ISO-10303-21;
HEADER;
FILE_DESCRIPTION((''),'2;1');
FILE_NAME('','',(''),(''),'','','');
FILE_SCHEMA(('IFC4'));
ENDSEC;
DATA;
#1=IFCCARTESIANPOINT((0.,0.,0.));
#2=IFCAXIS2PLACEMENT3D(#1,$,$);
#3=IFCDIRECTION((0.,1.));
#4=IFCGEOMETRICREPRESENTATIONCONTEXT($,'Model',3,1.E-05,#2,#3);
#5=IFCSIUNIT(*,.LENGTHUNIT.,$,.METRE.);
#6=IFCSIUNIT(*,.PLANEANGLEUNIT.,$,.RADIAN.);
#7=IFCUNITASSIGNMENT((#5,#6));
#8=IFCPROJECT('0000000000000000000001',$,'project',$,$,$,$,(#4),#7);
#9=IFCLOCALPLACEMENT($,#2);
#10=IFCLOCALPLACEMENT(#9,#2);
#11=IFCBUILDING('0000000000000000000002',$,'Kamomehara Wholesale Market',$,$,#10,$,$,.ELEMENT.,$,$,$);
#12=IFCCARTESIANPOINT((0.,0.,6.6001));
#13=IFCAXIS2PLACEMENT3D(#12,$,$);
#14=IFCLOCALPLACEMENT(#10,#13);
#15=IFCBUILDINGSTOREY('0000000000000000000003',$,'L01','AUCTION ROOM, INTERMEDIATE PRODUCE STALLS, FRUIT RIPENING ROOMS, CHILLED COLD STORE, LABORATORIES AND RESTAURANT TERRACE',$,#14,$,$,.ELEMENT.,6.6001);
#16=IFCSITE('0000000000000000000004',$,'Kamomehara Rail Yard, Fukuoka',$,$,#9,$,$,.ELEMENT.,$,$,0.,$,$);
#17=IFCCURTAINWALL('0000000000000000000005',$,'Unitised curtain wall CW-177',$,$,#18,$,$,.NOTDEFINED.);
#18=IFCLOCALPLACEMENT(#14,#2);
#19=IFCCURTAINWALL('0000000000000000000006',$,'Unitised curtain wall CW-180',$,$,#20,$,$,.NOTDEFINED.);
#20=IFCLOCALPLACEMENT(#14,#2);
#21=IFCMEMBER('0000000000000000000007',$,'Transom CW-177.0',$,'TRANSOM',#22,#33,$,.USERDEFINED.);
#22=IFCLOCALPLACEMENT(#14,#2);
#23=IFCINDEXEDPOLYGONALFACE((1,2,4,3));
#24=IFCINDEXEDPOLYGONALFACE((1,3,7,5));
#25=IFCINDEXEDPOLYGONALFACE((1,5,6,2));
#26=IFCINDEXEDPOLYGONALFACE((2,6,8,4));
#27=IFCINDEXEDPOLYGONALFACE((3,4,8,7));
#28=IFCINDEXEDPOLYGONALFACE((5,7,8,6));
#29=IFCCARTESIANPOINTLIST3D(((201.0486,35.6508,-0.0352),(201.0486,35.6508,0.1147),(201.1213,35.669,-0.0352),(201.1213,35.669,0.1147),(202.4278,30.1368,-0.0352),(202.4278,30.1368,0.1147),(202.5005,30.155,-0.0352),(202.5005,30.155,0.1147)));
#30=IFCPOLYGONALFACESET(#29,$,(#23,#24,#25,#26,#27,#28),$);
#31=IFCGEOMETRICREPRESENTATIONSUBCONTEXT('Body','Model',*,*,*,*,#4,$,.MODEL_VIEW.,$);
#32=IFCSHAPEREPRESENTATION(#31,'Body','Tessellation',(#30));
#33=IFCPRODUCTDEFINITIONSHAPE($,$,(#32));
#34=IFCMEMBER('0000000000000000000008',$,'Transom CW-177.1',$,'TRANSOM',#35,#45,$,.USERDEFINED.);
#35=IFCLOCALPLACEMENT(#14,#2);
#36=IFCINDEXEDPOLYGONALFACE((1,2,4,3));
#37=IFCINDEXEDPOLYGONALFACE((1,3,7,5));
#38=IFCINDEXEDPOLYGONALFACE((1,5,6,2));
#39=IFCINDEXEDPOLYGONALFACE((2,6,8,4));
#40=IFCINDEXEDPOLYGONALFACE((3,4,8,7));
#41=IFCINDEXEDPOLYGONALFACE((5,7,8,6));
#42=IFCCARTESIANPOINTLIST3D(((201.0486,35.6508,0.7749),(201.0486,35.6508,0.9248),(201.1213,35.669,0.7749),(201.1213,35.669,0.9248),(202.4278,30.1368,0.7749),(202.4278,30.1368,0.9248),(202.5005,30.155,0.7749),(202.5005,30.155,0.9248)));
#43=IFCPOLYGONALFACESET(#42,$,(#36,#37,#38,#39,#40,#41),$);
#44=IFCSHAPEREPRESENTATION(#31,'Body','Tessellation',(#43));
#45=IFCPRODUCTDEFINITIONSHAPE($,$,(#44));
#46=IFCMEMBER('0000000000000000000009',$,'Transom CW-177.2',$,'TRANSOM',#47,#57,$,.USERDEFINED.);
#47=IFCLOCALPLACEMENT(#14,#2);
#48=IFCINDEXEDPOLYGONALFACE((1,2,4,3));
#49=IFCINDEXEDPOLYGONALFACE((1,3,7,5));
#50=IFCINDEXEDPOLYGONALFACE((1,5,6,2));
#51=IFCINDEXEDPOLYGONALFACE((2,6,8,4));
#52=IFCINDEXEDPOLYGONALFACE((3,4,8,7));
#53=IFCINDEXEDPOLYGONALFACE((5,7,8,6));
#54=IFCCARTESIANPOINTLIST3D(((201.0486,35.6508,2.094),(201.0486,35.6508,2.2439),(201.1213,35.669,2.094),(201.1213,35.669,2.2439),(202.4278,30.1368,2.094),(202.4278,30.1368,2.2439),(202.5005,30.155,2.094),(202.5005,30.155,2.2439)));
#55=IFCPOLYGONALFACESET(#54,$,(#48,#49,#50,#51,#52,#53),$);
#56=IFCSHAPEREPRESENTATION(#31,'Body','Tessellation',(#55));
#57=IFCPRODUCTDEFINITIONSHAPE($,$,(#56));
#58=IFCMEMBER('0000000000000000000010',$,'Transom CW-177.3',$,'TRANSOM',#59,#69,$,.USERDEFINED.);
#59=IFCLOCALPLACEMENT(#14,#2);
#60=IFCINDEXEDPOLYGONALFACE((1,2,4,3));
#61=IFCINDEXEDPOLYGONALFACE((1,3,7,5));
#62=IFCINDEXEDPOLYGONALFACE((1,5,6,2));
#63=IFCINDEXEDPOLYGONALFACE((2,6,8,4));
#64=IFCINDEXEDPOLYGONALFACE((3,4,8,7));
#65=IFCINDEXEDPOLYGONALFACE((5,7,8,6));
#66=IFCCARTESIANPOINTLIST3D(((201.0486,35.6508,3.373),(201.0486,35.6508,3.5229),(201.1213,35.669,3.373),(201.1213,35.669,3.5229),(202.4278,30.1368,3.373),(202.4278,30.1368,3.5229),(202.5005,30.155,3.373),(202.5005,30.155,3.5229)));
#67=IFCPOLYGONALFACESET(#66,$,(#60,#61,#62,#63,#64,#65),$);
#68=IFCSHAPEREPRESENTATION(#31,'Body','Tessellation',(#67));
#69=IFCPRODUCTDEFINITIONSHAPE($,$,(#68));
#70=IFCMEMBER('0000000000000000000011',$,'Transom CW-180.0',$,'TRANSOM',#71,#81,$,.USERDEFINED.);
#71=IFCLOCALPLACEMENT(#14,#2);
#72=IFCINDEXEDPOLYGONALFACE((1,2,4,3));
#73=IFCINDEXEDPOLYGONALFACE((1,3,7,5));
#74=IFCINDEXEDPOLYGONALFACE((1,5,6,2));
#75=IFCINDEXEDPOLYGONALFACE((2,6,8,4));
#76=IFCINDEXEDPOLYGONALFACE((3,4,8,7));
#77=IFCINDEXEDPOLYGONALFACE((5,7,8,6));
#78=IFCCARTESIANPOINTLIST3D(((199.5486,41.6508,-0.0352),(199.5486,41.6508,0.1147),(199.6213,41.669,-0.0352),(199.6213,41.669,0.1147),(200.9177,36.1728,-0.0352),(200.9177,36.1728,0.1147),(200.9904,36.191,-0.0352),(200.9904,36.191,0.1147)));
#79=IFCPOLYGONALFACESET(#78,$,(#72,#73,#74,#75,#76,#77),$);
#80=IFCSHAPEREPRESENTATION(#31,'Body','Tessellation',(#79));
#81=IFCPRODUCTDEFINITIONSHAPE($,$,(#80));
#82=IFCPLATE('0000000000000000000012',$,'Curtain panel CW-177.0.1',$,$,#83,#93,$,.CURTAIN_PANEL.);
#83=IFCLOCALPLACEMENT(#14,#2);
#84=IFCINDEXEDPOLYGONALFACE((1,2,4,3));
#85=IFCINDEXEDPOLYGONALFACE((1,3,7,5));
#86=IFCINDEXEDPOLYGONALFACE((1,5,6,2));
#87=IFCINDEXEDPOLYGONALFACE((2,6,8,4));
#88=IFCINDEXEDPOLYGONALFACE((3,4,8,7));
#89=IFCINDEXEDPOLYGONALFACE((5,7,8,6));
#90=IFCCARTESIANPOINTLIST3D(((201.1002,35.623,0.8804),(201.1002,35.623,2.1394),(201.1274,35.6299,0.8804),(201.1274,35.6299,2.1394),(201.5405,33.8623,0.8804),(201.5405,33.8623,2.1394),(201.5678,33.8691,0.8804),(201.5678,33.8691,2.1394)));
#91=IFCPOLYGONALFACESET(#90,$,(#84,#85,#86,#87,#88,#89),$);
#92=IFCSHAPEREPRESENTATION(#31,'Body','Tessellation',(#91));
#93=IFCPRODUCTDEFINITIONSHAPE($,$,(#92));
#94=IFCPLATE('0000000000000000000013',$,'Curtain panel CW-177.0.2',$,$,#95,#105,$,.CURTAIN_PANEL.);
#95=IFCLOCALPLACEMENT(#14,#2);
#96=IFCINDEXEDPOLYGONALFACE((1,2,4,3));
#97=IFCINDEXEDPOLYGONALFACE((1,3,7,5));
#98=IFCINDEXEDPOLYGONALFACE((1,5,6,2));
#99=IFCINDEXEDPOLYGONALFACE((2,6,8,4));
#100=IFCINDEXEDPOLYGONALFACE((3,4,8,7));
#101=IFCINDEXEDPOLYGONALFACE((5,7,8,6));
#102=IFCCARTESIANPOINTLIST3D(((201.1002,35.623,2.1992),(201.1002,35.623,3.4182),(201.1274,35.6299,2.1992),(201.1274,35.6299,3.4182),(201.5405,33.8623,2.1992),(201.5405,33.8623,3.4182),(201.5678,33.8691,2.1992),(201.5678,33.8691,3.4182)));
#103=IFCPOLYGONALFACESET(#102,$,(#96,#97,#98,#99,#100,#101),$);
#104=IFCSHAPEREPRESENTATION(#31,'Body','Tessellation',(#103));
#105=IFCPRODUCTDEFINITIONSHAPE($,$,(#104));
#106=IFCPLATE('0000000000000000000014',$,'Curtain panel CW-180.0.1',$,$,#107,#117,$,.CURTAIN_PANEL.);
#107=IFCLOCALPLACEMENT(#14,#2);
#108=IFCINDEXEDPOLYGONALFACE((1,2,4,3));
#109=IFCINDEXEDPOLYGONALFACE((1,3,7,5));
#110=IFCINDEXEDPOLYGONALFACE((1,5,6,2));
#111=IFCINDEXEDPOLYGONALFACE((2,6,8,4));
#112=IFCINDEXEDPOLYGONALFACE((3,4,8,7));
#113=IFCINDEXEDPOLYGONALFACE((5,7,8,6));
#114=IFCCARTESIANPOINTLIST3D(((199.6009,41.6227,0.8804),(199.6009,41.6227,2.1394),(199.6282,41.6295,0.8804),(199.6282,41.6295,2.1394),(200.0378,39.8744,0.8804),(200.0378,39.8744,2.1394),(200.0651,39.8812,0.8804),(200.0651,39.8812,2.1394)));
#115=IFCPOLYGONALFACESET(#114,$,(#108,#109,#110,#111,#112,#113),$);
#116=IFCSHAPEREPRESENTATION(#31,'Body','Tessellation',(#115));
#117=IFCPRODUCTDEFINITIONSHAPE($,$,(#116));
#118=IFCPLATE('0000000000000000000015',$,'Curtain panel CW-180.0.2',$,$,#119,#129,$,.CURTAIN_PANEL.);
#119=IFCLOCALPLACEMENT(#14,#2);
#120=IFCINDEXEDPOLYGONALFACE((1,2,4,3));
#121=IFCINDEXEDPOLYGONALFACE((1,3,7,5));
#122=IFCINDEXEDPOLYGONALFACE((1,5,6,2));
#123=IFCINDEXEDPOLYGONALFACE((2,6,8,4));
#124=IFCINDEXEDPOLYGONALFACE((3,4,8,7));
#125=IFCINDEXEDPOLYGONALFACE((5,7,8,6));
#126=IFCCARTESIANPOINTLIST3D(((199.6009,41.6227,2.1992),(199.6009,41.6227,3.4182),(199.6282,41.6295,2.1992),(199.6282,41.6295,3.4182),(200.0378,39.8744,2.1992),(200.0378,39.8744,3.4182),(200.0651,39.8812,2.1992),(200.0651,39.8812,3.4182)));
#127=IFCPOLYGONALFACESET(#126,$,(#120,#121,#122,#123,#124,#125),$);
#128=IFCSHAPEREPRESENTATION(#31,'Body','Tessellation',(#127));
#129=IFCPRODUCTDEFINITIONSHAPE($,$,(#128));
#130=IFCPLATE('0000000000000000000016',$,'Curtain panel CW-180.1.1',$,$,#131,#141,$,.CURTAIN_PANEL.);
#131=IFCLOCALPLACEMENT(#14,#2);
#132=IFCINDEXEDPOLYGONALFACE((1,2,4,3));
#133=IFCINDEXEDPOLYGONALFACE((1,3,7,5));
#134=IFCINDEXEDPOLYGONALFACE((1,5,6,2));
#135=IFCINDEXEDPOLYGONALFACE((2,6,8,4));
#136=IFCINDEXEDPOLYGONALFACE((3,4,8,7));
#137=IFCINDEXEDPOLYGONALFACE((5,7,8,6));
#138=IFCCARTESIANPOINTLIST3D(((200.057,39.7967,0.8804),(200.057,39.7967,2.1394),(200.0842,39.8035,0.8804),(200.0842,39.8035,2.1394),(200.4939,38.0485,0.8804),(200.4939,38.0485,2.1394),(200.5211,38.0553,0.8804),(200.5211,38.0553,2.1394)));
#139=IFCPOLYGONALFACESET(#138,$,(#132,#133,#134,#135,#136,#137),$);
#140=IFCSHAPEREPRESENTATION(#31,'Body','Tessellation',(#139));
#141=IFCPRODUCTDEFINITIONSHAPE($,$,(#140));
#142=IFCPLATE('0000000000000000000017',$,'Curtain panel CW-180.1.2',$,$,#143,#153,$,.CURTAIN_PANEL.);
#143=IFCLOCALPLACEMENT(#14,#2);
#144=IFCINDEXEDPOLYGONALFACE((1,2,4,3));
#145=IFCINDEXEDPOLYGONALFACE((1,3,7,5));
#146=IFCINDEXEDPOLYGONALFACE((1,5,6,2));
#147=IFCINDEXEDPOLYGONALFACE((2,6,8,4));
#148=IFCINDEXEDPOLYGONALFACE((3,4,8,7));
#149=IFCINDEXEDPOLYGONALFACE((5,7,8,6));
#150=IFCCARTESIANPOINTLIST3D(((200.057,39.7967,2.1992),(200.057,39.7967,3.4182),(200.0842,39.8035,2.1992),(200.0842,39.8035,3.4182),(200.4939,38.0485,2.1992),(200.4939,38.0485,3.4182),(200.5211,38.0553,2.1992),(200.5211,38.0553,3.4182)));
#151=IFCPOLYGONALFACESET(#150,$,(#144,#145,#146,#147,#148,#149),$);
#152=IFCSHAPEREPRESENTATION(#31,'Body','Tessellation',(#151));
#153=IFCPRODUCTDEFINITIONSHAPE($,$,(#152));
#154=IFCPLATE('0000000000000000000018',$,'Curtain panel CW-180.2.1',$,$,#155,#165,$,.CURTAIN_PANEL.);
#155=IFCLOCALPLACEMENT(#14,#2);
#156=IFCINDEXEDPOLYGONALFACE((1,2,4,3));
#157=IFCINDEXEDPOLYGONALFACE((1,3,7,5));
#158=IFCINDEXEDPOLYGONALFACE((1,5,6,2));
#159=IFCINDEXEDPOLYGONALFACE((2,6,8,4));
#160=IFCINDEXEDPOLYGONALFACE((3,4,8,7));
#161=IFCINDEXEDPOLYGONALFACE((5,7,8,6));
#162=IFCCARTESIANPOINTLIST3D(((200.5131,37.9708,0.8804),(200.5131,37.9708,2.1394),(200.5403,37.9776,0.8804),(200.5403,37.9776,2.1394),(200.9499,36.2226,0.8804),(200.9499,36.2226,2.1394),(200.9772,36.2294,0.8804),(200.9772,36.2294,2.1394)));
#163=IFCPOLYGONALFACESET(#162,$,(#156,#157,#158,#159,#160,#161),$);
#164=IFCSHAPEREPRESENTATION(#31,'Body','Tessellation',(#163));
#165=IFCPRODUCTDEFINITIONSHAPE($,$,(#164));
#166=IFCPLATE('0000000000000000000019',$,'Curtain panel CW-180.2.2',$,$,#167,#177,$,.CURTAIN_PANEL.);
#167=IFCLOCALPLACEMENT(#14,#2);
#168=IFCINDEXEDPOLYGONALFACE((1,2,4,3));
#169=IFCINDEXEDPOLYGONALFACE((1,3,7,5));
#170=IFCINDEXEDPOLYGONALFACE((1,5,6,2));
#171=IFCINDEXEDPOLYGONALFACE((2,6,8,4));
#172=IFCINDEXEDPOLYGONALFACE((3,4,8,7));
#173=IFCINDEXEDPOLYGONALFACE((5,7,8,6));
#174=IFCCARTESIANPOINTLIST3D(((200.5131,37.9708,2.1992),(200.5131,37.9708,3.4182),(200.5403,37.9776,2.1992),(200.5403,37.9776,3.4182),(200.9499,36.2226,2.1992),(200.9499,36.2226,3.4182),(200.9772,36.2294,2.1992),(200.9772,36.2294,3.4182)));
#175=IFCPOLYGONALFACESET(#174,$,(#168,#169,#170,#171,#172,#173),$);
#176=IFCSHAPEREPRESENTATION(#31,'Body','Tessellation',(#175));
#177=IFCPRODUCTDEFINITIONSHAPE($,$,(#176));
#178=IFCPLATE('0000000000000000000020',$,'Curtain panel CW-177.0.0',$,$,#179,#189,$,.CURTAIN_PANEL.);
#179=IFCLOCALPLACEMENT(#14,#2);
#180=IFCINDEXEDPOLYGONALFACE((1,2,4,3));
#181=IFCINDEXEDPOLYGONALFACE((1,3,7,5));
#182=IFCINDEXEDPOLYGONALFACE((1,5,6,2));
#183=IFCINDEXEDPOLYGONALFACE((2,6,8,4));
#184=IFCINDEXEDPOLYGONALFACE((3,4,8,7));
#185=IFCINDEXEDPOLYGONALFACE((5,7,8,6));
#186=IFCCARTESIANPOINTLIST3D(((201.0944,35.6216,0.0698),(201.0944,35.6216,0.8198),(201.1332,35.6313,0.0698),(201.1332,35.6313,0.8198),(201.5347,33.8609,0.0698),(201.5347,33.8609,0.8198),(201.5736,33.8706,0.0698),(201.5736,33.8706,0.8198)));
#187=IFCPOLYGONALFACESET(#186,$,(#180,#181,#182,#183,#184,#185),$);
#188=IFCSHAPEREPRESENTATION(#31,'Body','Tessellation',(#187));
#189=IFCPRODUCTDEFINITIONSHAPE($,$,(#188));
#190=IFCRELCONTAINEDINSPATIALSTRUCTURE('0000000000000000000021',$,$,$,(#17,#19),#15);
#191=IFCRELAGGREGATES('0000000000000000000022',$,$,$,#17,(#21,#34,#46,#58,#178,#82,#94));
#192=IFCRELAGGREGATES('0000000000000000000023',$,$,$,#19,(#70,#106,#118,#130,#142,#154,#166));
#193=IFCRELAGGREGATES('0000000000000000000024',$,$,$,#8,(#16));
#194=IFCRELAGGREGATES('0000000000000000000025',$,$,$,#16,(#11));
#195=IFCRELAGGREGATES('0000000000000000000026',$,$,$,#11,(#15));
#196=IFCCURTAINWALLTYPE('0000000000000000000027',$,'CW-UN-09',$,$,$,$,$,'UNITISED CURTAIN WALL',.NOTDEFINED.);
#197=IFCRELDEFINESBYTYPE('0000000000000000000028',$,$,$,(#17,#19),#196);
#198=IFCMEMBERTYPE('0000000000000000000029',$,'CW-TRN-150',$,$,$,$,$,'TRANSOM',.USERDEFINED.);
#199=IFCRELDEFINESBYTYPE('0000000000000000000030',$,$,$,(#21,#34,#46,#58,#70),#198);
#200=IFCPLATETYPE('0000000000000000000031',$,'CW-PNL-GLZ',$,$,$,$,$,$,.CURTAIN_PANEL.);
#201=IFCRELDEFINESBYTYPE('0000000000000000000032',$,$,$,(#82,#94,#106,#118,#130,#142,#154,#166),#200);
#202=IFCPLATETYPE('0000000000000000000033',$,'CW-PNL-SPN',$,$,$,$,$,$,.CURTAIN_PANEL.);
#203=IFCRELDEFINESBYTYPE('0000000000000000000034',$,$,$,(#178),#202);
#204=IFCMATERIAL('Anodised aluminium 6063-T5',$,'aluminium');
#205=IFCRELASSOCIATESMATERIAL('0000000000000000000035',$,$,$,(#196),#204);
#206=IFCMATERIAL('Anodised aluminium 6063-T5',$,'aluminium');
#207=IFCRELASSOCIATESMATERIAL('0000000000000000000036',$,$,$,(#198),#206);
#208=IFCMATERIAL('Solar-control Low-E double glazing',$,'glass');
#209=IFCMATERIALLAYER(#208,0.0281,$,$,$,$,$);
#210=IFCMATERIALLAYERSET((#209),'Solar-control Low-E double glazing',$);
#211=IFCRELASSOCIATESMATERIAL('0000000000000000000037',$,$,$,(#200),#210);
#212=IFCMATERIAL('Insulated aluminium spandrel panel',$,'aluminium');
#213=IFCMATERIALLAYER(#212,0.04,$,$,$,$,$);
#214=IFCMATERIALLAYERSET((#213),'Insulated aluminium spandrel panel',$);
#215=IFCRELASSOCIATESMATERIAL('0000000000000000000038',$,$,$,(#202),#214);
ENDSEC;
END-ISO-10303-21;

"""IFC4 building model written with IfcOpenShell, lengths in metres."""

from ifc_helpers import new_model, si_unit, direction, frame, origin, origin_2d, place, context, subcontext, project, spatial, rectangle, extrude, material, layer, layer_set, material_profile, profile_set, type_object, element, aggregate, save


model = new_model("IFC4")

# Units and contexts
model_context = context("Model", 3, precision=1e-05, world=origin(), true_north=direction((0.0, 1.0)))
body_context = subcontext(model_context, "Body", "Model", "MODEL_VIEW")
ifc_project = project(units=[si_unit("LENGTHUNIT", "METRE"), si_unit("PLANEANGLEUNIT", "RADIAN")], contexts=[model_context])

# Site, building, storey
site_placement = place(None, origin())
site = spatial("IfcSite", under=ifc_project, at=site_placement, Name="Kamomehara Rail Yard, Fukuoka", CompositionType="ELEMENT", RefElevation=0.0)
building_placement = place(site_placement, origin())
building = spatial("IfcBuilding", under=site, at=building_placement, Name="Kamomehara Wholesale Market", CompositionType="ELEMENT")
storey_placement = place(building_placement, frame((0.0, 0.0, 6.6001)))
storey = spatial("IfcBuildingStorey", under=building, at=storey_placement, Name="L01", Description="AUCTION ROOM, INTERMEDIATE PRODUCE STALLS, FRUIT RIPENING ROOMS, CHILLED COLD STORE, LABORATORIES AND RESTAURANT TERRACE", CompositionType="ELEMENT", Elevation=6.6001)

# Curtain walls
ifc_material_1 = material(Name="Anodised aluminium 6063-T5", Category="aluminium")
curtain_wall_type = type_object("IfcCurtainWallType", Name="CW-UN-09", ElementType="UNITISED CURTAIN WALL", PredefinedType="NOTDEFINED", material=ifc_material_1)
curtain_wall_1_placement = place(storey_placement, origin())
curtain_wall_1 = element("IfcCurtainWall", 1, at=curtain_wall_1_placement, inside=storey, type_object=curtain_wall_type, Name="Unitised curtain wall CW-177", PredefinedType="NOTDEFINED")
curtain_wall_2_placement = place(storey_placement, origin())
curtain_wall_2 = element("IfcCurtainWall", 2, at=curtain_wall_2_placement, inside=storey, type_object=curtain_wall_type, Name="Unitised curtain wall CW-180", PredefinedType="NOTDEFINED")

# Members
ifc_material_2 = material(Name="Anodised aluminium 6063-T5", Category="aluminium")
ifc_material_profile_1 = material_profile(ifc_material_2, rectangle(XDim=0.075, YDim=0.1499, at=origin_2d()), Name="ALU-TRN-75x150")
ifc_profile_set_1 = profile_set([ifc_material_profile_1], Name="Anodised aluminium 6063-T5")
member_type_1 = type_object("IfcMemberType", Name="CW-TRN-150", ElementType="TRANSOM", PredefinedType="USERDEFINED", material=ifc_profile_set_1)
member_1_placement = place(storey_placement, frame((201.085, 35.6599, 0.0398), z_axis=(0.242647, -0.970115, 0.0), x_axis=(0.970115, 0.242647, 0.0)))
member_1 = element("IfcMember", 3, at=member_1_placement, type_object=member_type_1, Name="Transom CW-177.0", ObjectType="TRANSOM", PredefinedType="USERDEFINED", context=body_context, shape_type="SweptSolid", body=[
    extrude(rectangle(XDim=0.075, YDim=0.1499, at=origin_2d()), origin(), (0.0, 0.0, 1.0), 5.6838),
])
member_2_placement = place(storey_placement, frame((201.085, 35.6599, 0.8499), z_axis=(0.242647, -0.970115, 0.0), x_axis=(0.970115, 0.242647, 0.0)))
member_2 = element("IfcMember", 4, at=member_2_placement, type_object=member_type_1, Name="Transom CW-177.1", ObjectType="TRANSOM", PredefinedType="USERDEFINED", context=body_context, shape_type="SweptSolid", body=[
    extrude(rectangle(XDim=0.075, YDim=0.1499, at=origin_2d()), origin(), (0.0, 0.0, 1.0), 5.6838),
])
member_3_placement = place(storey_placement, frame((201.085, 35.6599, 2.1689), z_axis=(0.242647, -0.970115, 0.0), x_axis=(0.970115, 0.242647, 0.0)))
member_3 = element("IfcMember", 5, at=member_3_placement, type_object=member_type_1, Name="Transom CW-177.2", ObjectType="TRANSOM", PredefinedType="USERDEFINED", context=body_context, shape_type="SweptSolid", body=[
    extrude(rectangle(XDim=0.075, YDim=0.1499, at=origin_2d()), origin(), (0.0, 0.0, 1.0), 5.6838),
])
member_4_placement = place(storey_placement, frame((201.085, 35.6599, 3.448), z_axis=(0.242647, -0.970115, 0.0), x_axis=(0.970115, 0.242647, 0.0)))
member_4 = element("IfcMember", 6, at=member_4_placement, type_object=member_type_1, Name="Transom CW-177.3", ObjectType="TRANSOM", PredefinedType="USERDEFINED", context=body_context, shape_type="SweptSolid", body=[
    extrude(rectangle(XDim=0.075, YDim=0.1499, at=origin_2d()), origin(), (0.0, 0.0, 1.0), 5.6838),
])
member_5_placement = place(storey_placement, frame((199.585, 41.6599, 0.0398), z_axis=(0.242475, -0.970158, 0.0), x_axis=(0.970158, 0.242475, 0.0)))
member_5 = element("IfcMember", 7, at=member_5_placement, type_object=member_type_1, Name="Transom CW-180.0", ObjectType="TRANSOM", PredefinedType="USERDEFINED", context=body_context, shape_type="SweptSolid", body=[
    extrude(rectangle(XDim=0.075, YDim=0.1499, at=origin_2d()), origin(), (0.0, 0.0, 1.0), 5.6465),
])

# Plates
ifc_material_3 = material(Name="Solar-control Low-E double glazing", Category="glass")
ifc_layer_1 = layer(ifc_material_3, 0.0281)
ifc_layer_set_1 = layer_set([ifc_layer_1], Name="Solar-control Low-E double glazing")
plate_type_1 = type_object("IfcPlateType", Name="CW-PNL-GLZ", PredefinedType="CURTAIN_PANEL", material=ifc_layer_set_1)
plate_1_placement = place(storey_placement, frame((201.334, 34.7461, 0.8804), z_axis=(0.0, 0.0, 1.0), x_axis=(0.242616, -0.970122, 0.0)))
plate_1 = element("IfcPlate", 8, at=plate_1_placement, type_object=plate_type_1, Name="Curtain panel CW-177.0.1", PredefinedType="CURTAIN_PANEL", context=body_context, shape_type="SweptSolid", body=[
    extrude(rectangle(XDim=1.8149, YDim=0.0281, at=origin_2d()), origin(), (0.0, 0.0, 1.0), 1.259),
])
plate_2_placement = place(storey_placement, frame((201.334, 34.7461, 2.1992), z_axis=(0.0, 0.0, 1.0), x_axis=(0.242616, -0.970122, 0.0)))
plate_2 = element("IfcPlate", 9, at=plate_2_placement, type_object=plate_type_1, Name="Curtain panel CW-177.0.2", PredefinedType="CURTAIN_PANEL", context=body_context, shape_type="SweptSolid", body=[
    extrude(rectangle(XDim=1.8149, YDim=0.0281, at=origin_2d()), origin(), (0.0, 0.0, 1.0), 1.219),
])
plate_3_placement = place(storey_placement, frame((199.833, 40.752, 0.8804), z_axis=(0.0, 0.0, 1.0), x_axis=(0.242447, -0.970165, 0.0)))
plate_3 = element("IfcPlate", 10, at=plate_3_placement, type_object=plate_type_1, Name="Curtain panel CW-180.0.1", PredefinedType="CURTAIN_PANEL", context=body_context, shape_type="SweptSolid", body=[
    extrude(rectangle(XDim=1.802, YDim=0.0281, at=origin_2d()), origin(), (0.0, 0.0, 1.0), 1.259),
])
plate_4_placement = place(storey_placement, frame((199.833, 40.752, 2.1992), z_axis=(0.0, 0.0, 1.0), x_axis=(0.242447, -0.970165, 0.0)))
plate_4 = element("IfcPlate", 11, at=plate_4_placement, type_object=plate_type_1, Name="Curtain panel CW-180.0.2", PredefinedType="CURTAIN_PANEL", context=body_context, shape_type="SweptSolid", body=[
    extrude(rectangle(XDim=1.802, YDim=0.0281, at=origin_2d()), origin(), (0.0, 0.0, 1.0), 1.219),
])
plate_5_placement = place(storey_placement, frame((200.2891, 38.926, 0.8804), z_axis=(0.0, 0.0, 1.0), x_axis=(0.242447, -0.970165, 0.0)))
plate_5 = element("IfcPlate", 12, at=plate_5_placement, type_object=plate_type_1, Name="Curtain panel CW-180.1.1", PredefinedType="CURTAIN_PANEL", context=body_context, shape_type="SweptSolid", body=[
    extrude(rectangle(XDim=1.802, YDim=0.0281, at=origin_2d()), origin(), (0.0, 0.0, 1.0), 1.259),
])
plate_6_placement = place(storey_placement, frame((200.2891, 38.926, 2.1992), z_axis=(0.0, 0.0, 1.0), x_axis=(0.242447, -0.970165, 0.0)))
plate_6 = element("IfcPlate", 13, at=plate_6_placement, type_object=plate_type_1, Name="Curtain panel CW-180.1.2", PredefinedType="CURTAIN_PANEL", context=body_context, shape_type="SweptSolid", body=[
    extrude(rectangle(XDim=1.802, YDim=0.0281, at=origin_2d()), origin(), (0.0, 0.0, 1.0), 1.219),
])
plate_7_placement = place(storey_placement, frame((200.7451, 37.1001, 0.8804), z_axis=(0.0, 0.0, 1.0), x_axis=(0.242447, -0.970165, 0.0)))
plate_7 = element("IfcPlate", 14, at=plate_7_placement, type_object=plate_type_1, Name="Curtain panel CW-180.2.1", PredefinedType="CURTAIN_PANEL", context=body_context, shape_type="SweptSolid", body=[
    extrude(rectangle(XDim=1.802, YDim=0.0281, at=origin_2d()), origin(), (0.0, 0.0, 1.0), 1.259),
])
plate_8_placement = place(storey_placement, frame((200.7451, 37.1001, 2.1992), z_axis=(0.0, 0.0, 1.0), x_axis=(0.242447, -0.970165, 0.0)))
plate_8 = element("IfcPlate", 15, at=plate_8_placement, type_object=plate_type_1, Name="Curtain panel CW-180.2.2", PredefinedType="CURTAIN_PANEL", context=body_context, shape_type="SweptSolid", body=[
    extrude(rectangle(XDim=1.802, YDim=0.0281, at=origin_2d()), origin(), (0.0, 0.0, 1.0), 1.219),
])
ifc_material_4 = material(Name="Insulated aluminium spandrel panel", Category="aluminium")
ifc_layer_2 = layer(ifc_material_4, 0.04)
ifc_layer_set_2 = layer_set([ifc_layer_2], Name="Insulated aluminium spandrel panel")
plate_type_2 = type_object("IfcPlateType", Name="CW-PNL-SPN", PredefinedType="CURTAIN_PANEL", material=ifc_layer_set_2)
plate_9_placement = place(storey_placement, frame((201.334, 34.7461, 0.0698), z_axis=(0.0, 0.0, 1.0), x_axis=(0.242616, -0.970122, 0.0)))
plate_9 = element("IfcPlate", 16, at=plate_9_placement, type_object=plate_type_2, Name="Curtain panel CW-177.0.0", PredefinedType="CURTAIN_PANEL", context=body_context, shape_type="SweptSolid", body=[
    extrude(rectangle(XDim=1.8149, YDim=0.04, at=origin_2d()), origin(), (0.0, 0.0, 1.0), 0.75),
])
aggregate(curtain_wall_1, [member_1, member_2, member_3, member_4, plate_9, plate_1, plate_2])
aggregate(curtain_wall_2, [member_5, plate_3, plate_4, plate_5, plate_6, plate_7, plate_8])

save(model, "model.ifc")
